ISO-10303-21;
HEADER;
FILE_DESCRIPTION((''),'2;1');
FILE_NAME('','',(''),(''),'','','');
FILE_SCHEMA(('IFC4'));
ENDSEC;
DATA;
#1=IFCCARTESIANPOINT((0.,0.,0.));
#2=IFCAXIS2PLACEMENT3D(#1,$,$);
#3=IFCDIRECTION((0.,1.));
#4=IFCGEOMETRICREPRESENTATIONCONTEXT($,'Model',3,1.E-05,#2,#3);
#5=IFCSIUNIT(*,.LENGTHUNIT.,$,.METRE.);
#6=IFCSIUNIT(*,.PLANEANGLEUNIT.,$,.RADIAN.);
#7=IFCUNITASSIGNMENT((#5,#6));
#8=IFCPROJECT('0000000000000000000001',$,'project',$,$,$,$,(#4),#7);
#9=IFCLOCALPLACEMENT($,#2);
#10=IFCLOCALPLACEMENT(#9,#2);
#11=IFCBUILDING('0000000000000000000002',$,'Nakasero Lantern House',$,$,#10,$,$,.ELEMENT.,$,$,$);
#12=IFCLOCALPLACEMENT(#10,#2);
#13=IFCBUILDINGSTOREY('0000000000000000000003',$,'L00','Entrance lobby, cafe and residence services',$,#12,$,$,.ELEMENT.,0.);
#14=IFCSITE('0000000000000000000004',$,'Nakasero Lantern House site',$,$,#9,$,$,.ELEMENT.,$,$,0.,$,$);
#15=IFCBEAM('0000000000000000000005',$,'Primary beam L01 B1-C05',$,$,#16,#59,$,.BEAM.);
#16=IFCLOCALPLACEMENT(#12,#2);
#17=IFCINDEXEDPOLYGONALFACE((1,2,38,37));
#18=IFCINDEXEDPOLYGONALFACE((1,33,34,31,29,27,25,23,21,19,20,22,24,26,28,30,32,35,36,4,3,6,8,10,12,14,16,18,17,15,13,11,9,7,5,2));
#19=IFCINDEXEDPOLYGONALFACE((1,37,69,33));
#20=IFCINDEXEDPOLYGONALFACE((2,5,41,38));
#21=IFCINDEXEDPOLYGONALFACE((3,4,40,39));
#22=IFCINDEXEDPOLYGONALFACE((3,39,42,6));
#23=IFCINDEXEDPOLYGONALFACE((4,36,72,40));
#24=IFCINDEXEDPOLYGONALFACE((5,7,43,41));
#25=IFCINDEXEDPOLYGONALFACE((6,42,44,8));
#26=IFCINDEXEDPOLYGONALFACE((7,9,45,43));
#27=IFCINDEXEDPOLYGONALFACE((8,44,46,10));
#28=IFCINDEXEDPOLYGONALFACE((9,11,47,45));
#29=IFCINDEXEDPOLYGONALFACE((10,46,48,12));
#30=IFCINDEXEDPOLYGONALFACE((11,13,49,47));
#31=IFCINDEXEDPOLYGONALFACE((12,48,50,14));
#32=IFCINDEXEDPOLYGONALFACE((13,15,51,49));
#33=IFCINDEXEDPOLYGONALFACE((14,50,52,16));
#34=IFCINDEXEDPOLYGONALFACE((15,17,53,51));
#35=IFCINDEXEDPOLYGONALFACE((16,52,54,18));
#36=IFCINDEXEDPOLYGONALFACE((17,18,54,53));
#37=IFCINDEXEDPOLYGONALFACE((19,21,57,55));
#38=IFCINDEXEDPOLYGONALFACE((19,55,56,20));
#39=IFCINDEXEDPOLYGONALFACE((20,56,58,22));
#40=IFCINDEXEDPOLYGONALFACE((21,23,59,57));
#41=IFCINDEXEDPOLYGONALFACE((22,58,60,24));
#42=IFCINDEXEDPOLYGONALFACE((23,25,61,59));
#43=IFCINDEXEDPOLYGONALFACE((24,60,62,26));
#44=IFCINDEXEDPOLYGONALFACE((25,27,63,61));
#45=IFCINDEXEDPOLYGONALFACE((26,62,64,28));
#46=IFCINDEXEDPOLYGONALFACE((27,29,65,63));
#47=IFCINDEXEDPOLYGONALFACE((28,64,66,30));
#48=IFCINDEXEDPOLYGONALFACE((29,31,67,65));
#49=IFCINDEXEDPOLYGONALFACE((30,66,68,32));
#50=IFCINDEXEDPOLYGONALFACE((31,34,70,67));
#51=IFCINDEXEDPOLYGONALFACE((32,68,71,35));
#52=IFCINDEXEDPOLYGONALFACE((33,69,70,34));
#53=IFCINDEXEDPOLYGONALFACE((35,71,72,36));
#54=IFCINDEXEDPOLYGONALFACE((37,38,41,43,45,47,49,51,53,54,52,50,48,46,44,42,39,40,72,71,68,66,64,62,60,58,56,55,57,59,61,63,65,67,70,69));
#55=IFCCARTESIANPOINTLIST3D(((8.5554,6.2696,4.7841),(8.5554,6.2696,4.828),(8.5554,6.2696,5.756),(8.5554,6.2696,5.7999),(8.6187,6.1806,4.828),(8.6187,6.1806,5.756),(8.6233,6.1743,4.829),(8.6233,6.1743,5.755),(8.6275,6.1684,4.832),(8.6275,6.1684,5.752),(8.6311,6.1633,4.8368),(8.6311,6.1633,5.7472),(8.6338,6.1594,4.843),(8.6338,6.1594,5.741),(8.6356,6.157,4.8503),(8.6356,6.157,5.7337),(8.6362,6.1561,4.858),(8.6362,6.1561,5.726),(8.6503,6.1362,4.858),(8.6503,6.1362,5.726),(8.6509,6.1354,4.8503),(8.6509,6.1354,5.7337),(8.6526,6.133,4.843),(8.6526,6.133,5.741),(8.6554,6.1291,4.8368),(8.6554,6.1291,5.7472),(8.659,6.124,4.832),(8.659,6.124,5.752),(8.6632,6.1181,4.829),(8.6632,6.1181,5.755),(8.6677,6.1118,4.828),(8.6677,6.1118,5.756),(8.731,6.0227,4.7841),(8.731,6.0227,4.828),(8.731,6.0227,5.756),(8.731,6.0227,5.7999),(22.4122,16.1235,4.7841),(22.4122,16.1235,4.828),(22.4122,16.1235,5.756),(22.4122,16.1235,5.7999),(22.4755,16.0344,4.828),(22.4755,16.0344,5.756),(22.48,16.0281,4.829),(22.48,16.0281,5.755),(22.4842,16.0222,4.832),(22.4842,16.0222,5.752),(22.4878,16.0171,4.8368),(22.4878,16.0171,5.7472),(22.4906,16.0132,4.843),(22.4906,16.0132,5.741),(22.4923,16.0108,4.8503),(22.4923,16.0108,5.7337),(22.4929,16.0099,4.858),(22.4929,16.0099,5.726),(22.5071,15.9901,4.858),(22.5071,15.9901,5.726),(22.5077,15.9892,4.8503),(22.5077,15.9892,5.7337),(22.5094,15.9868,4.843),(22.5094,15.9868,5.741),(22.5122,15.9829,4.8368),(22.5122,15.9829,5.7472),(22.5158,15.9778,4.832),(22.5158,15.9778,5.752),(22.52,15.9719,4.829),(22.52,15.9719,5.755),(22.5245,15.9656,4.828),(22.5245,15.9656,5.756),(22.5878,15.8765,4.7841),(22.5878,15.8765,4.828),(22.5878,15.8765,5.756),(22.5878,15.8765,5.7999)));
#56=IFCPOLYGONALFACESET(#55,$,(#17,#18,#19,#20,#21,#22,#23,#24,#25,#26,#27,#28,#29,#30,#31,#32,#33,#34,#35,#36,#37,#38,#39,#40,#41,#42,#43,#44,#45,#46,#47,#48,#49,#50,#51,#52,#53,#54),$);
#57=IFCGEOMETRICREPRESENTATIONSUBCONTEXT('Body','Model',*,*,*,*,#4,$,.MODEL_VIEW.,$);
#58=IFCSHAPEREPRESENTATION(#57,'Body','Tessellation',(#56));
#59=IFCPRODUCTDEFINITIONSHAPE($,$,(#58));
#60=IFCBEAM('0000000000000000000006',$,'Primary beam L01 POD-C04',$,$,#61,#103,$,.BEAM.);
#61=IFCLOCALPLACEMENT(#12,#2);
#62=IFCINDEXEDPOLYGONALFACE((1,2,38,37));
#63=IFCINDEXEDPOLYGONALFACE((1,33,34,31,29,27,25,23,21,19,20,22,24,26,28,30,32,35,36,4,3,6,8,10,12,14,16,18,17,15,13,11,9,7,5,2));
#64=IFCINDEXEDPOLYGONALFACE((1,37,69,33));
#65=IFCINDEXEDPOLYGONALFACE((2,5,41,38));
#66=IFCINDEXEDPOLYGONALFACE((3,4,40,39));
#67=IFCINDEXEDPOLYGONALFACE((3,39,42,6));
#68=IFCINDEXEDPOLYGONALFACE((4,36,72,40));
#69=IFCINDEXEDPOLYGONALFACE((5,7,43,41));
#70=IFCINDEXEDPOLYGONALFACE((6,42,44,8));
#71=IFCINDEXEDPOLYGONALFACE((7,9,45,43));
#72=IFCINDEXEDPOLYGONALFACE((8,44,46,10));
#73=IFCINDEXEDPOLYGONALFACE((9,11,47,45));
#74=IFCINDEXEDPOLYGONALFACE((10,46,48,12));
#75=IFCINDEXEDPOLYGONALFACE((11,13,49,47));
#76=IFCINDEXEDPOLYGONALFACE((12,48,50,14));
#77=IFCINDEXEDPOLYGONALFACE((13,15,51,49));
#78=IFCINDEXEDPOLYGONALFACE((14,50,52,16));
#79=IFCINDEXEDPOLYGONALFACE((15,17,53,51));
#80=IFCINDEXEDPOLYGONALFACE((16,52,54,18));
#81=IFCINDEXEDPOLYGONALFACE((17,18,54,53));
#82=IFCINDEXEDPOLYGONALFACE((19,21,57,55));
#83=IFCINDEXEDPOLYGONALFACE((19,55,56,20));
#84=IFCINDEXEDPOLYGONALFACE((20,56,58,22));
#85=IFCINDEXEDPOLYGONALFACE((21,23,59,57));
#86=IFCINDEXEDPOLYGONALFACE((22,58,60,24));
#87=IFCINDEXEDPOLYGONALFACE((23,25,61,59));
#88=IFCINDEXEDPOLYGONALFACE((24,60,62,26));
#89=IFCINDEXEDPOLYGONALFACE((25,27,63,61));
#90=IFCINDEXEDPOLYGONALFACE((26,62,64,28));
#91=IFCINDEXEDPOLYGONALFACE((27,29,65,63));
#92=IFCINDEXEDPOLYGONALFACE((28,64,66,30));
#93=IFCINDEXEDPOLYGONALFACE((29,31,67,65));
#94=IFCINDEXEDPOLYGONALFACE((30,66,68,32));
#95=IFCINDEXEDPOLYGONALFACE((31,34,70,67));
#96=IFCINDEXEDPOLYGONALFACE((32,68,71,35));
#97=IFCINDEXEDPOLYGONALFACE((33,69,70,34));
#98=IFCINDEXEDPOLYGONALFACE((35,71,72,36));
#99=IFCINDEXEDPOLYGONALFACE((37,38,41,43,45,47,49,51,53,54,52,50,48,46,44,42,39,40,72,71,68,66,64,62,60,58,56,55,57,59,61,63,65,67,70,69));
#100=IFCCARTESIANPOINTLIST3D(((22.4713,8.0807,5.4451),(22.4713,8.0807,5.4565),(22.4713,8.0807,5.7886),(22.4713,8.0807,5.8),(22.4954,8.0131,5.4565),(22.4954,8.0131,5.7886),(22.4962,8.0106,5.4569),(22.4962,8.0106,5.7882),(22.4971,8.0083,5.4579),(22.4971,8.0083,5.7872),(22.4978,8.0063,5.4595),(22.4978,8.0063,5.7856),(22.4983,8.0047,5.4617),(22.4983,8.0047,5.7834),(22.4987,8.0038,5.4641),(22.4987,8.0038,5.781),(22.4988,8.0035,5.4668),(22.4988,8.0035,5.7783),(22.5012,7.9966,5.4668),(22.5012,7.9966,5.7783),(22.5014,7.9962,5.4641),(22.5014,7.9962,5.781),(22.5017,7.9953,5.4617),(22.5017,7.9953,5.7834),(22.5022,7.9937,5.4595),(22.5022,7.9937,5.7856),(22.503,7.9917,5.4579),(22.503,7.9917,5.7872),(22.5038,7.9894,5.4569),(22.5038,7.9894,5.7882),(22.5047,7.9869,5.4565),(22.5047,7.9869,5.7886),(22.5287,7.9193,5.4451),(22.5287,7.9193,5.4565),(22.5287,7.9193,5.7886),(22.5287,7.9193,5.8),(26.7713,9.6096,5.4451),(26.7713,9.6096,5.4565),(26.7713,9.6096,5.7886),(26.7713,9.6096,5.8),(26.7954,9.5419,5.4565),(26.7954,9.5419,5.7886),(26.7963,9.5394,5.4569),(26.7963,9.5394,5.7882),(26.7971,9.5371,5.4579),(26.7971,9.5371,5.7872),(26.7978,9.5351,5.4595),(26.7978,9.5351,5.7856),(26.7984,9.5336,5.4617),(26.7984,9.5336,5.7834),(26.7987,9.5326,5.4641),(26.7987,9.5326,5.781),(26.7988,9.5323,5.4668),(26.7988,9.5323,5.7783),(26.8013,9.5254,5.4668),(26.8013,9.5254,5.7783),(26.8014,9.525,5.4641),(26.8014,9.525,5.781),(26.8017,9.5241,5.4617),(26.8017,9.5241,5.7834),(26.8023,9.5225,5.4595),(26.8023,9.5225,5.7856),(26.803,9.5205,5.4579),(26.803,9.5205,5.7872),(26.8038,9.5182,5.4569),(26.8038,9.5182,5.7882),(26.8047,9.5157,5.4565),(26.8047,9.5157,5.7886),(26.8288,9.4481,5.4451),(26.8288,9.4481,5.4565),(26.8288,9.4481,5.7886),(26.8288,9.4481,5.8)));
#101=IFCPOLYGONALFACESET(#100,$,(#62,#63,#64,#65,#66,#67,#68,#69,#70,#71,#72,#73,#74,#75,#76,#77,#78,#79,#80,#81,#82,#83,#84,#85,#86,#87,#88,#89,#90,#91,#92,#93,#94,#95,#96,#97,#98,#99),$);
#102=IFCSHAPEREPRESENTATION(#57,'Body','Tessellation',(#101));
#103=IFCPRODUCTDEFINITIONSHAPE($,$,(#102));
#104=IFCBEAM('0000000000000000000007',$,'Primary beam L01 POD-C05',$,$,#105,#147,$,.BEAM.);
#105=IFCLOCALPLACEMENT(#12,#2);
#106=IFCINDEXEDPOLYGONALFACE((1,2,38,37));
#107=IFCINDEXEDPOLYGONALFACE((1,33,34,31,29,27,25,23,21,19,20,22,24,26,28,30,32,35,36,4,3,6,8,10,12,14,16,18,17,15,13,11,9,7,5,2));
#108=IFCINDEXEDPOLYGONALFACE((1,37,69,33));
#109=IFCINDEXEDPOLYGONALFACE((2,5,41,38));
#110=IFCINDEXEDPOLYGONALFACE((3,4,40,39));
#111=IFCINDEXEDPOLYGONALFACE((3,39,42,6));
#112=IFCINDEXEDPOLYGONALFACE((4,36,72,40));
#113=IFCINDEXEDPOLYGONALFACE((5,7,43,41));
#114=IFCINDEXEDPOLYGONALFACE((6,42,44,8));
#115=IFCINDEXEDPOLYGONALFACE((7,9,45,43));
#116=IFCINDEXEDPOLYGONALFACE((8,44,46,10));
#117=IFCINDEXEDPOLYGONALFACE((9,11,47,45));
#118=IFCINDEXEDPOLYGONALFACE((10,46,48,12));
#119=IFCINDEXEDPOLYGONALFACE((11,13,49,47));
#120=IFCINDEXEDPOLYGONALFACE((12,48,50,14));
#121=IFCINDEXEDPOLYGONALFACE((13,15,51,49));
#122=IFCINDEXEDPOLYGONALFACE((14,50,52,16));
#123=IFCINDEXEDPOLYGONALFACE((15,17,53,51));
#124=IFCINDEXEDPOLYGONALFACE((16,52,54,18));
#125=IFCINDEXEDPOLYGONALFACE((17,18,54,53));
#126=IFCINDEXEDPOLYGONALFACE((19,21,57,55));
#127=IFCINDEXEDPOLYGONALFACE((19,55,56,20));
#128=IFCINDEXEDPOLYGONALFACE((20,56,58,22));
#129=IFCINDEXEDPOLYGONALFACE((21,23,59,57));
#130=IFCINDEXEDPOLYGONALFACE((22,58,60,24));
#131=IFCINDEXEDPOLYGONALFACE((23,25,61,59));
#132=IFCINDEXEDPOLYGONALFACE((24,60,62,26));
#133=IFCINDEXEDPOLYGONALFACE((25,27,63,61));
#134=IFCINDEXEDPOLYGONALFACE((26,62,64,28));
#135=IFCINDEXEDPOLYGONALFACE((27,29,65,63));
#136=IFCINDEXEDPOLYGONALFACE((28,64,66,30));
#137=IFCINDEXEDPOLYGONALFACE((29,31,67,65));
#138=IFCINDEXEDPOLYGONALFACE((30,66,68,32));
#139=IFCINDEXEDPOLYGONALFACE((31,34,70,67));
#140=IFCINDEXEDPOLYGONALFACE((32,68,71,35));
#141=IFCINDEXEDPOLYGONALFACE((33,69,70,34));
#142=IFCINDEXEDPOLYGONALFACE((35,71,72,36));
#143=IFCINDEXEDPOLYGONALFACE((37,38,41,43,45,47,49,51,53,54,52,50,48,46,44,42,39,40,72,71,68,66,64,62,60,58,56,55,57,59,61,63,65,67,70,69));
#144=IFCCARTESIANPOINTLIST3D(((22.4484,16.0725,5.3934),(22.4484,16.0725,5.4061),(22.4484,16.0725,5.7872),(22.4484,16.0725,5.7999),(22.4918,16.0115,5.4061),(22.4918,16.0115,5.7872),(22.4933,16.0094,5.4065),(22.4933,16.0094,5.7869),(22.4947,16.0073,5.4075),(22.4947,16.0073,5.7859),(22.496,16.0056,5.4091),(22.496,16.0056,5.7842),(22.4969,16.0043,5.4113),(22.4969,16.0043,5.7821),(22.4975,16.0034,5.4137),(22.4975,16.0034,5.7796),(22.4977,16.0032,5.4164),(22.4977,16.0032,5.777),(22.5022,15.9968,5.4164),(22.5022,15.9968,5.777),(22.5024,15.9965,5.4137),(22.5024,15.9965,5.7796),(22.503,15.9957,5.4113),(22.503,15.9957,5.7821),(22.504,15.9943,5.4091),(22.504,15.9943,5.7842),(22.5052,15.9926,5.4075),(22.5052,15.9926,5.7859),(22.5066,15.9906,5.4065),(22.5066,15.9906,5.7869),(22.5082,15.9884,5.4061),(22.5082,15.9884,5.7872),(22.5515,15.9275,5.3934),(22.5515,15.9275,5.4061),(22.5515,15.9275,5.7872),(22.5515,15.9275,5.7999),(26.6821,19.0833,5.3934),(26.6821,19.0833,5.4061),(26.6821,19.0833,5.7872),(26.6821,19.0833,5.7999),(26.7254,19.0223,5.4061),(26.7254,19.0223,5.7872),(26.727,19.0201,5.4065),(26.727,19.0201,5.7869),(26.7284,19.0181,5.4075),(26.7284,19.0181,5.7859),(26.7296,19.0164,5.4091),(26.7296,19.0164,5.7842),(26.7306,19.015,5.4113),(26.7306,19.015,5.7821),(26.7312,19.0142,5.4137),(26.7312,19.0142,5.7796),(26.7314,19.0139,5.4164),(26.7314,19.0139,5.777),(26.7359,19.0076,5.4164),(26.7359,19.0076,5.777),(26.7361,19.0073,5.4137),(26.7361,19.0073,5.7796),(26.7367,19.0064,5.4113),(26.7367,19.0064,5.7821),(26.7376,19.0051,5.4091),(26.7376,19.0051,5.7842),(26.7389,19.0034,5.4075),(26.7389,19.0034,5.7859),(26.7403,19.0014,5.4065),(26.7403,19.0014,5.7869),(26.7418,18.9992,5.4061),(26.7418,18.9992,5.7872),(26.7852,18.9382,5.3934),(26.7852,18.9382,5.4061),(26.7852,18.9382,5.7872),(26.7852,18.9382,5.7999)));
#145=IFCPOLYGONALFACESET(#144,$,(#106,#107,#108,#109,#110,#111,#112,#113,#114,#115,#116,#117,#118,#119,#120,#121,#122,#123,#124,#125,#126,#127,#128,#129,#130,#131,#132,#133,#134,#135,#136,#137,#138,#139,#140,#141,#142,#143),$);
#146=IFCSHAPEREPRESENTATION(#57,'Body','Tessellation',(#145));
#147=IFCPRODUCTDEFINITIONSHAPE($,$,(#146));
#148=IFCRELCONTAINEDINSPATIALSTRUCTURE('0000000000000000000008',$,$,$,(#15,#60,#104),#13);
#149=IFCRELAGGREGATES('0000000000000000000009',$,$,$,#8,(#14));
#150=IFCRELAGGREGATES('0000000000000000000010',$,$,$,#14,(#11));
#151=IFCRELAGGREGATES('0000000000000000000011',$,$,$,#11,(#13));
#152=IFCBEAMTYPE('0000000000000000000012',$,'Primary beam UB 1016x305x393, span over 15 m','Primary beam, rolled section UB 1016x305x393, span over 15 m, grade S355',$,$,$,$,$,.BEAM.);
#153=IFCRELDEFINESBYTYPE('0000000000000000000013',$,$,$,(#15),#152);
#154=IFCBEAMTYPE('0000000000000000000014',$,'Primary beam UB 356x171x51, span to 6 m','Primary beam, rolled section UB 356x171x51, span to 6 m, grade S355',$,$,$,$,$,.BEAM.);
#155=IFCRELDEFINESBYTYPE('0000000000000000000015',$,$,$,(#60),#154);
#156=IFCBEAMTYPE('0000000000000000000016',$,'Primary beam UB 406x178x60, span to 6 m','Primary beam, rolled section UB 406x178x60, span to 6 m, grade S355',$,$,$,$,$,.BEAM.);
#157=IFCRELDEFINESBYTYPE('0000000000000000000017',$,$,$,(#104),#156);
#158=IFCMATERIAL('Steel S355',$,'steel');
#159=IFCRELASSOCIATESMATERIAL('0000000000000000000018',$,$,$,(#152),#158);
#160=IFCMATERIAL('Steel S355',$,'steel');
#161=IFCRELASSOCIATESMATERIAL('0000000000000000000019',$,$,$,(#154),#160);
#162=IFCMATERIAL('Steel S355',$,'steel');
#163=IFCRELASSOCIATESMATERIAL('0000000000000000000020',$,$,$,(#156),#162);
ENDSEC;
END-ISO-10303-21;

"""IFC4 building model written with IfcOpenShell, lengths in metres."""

from ifc_helpers import new_model, si_unit, direction, frame, origin, origin_2d, place, context, subcontext, project, spatial, i_section, extrude, material, material_profile, profile_set, type_object, element, save


model = new_model("IFC4")

# Units and contexts
model_context = context("Model", 3, precision=1e-05, world=origin(), true_north=direction((0.0, 1.0)))
body_context = subcontext(model_context, "Body", "Model", "MODEL_VIEW")
ifc_project = project(units=[si_unit("LENGTHUNIT", "METRE"), si_unit("PLANEANGLEUNIT", "RADIAN")], contexts=[model_context])

# Site, building, storey
site_placement = place(None, origin())
site = spatial("IfcSite", under=ifc_project, at=site_placement, Name="Nakasero Lantern House site", CompositionType="ELEMENT", RefElevation=0.0)
building_placement = place(site_placement, origin())
building = spatial("IfcBuilding", under=site, at=building_placement, Name="Nakasero Lantern House", CompositionType="ELEMENT")
storey_placement = place(building_placement, origin())
storey = spatial("IfcBuildingStorey", under=building, at=storey_placement, Name="L00", Description="Entrance lobby, cafe and residence services", CompositionType="ELEMENT", Elevation=0.0)

# Beams
ifc_material_1 = material(Name="Steel S355", Category="steel")
ifc_material_profile_1 = material_profile(ifc_material_1, i_section(OverallWidth=0.303, OverallDepth=1.0159, WebThickness=0.0244, FlangeThickness=0.0439, FilletRadius=0.03, at=origin_2d()), Name="UB 1016x305x393")
ifc_profile_set_1 = profile_set([ifc_material_profile_1], Name="Steel S355")
beam_type_1 = type_object("IfcBeamType", Name="Primary beam UB 1016x305x393, span over 15 m", Description="Primary beam, rolled section UB 1016x305x393, span over 15 m, grade S355", PredefinedType="BEAM", material=ifc_profile_set_1)
beam_1_placement = place(storey_placement, frame((22.5, 16.0, 5.292), z_axis=(-0.814952, -0.579528, 0.0), x_axis=(0.579528, -0.814952, 0.0)))
element("IfcBeam", 1, at=beam_1_placement, inside=storey, type_object=beam_type_1, Name="Primary beam L01 B1-C05", PredefinedType="BEAM", context=body_context, shape_type="SweptSolid", body=[
    extrude(i_section(OverallWidth=0.303, OverallDepth=1.0159, WebThickness=0.0244, FlangeThickness=0.0439, FilletRadius=0.03, at=origin_2d()), origin(), (0.0, 0.0, 1.0), 17.0032),
])
ifc_material_2 = material(Name="Steel S355", Category="steel")
ifc_material_profile_2 = material_profile(ifc_material_2, i_section(OverallWidth=0.1714, OverallDepth=0.355, WebThickness=0.0073, FlangeThickness=0.0115, FilletRadius=0.0103, at=origin_2d()), Name="UB 356x171x51")
ifc_profile_set_2 = profile_set([ifc_material_profile_2], Name="Steel S355")
beam_type_2 = type_object("IfcBeamType", Name="Primary beam UB 356x171x51, span to 6 m", Description="Primary beam, rolled section UB 356x171x51, span to 6 m, grade S355", PredefinedType="BEAM", material=ifc_profile_set_2)
beam_2_placement = place(storey_placement, frame((26.8, 9.5288, 5.6226), z_axis=(-0.942221, -0.334991, 0.0), x_axis=(0.334991, -0.942221, 0.0)))
element("IfcBeam", 2, at=beam_2_placement, inside=storey, type_object=beam_type_2, Name="Primary beam L01 POD-C04", PredefinedType="BEAM", context=body_context, shape_type="SweptSolid", body=[
    extrude(i_section(OverallWidth=0.1714, OverallDepth=0.355, WebThickness=0.0073, FlangeThickness=0.0115, FilletRadius=0.0103, at=origin_2d()), origin(), (0.0, 0.0, 1.0), 4.5637),
])
ifc_material_3 = material(Name="Steel S355", Category="steel")
ifc_material_profile_3 = material_profile(ifc_material_3, i_section(OverallWidth=0.178, OverallDepth=0.4065, WebThickness=0.0078, FlangeThickness=0.0127, FilletRadius=0.0103, at=origin_2d()), Name="UB 406x178x60")
ifc_profile_set_3 = profile_set([ifc_material_profile_3], Name="Steel S355")
beam_type_3 = type_object("IfcBeamType", Name="Primary beam UB 406x178x60, span to 6 m", Description="Primary beam, rolled section UB 406x178x60, span to 6 m, grade S355", PredefinedType="BEAM", material=ifc_profile_set_3)
beam_3_placement = place(storey_placement, frame((26.7336, 19.0107, 5.5967), z_axis=(-0.814942, -0.579543, 0.0), x_axis=(0.579543, -0.814942, 0.0)))
element("IfcBeam", 3, at=beam_3_placement, inside=storey, type_object=beam_type_3, Name="Primary beam L01 POD-C05", PredefinedType="BEAM", context=body_context, shape_type="SweptSolid", body=[
    extrude(i_section(OverallWidth=0.178, OverallDepth=0.4065, WebThickness=0.0078, FlangeThickness=0.0127, FilletRadius=0.0103, at=origin_2d()), origin(), (0.0, 0.0, 1.0), 5.1951),
])

save(model, "model.ifc")
